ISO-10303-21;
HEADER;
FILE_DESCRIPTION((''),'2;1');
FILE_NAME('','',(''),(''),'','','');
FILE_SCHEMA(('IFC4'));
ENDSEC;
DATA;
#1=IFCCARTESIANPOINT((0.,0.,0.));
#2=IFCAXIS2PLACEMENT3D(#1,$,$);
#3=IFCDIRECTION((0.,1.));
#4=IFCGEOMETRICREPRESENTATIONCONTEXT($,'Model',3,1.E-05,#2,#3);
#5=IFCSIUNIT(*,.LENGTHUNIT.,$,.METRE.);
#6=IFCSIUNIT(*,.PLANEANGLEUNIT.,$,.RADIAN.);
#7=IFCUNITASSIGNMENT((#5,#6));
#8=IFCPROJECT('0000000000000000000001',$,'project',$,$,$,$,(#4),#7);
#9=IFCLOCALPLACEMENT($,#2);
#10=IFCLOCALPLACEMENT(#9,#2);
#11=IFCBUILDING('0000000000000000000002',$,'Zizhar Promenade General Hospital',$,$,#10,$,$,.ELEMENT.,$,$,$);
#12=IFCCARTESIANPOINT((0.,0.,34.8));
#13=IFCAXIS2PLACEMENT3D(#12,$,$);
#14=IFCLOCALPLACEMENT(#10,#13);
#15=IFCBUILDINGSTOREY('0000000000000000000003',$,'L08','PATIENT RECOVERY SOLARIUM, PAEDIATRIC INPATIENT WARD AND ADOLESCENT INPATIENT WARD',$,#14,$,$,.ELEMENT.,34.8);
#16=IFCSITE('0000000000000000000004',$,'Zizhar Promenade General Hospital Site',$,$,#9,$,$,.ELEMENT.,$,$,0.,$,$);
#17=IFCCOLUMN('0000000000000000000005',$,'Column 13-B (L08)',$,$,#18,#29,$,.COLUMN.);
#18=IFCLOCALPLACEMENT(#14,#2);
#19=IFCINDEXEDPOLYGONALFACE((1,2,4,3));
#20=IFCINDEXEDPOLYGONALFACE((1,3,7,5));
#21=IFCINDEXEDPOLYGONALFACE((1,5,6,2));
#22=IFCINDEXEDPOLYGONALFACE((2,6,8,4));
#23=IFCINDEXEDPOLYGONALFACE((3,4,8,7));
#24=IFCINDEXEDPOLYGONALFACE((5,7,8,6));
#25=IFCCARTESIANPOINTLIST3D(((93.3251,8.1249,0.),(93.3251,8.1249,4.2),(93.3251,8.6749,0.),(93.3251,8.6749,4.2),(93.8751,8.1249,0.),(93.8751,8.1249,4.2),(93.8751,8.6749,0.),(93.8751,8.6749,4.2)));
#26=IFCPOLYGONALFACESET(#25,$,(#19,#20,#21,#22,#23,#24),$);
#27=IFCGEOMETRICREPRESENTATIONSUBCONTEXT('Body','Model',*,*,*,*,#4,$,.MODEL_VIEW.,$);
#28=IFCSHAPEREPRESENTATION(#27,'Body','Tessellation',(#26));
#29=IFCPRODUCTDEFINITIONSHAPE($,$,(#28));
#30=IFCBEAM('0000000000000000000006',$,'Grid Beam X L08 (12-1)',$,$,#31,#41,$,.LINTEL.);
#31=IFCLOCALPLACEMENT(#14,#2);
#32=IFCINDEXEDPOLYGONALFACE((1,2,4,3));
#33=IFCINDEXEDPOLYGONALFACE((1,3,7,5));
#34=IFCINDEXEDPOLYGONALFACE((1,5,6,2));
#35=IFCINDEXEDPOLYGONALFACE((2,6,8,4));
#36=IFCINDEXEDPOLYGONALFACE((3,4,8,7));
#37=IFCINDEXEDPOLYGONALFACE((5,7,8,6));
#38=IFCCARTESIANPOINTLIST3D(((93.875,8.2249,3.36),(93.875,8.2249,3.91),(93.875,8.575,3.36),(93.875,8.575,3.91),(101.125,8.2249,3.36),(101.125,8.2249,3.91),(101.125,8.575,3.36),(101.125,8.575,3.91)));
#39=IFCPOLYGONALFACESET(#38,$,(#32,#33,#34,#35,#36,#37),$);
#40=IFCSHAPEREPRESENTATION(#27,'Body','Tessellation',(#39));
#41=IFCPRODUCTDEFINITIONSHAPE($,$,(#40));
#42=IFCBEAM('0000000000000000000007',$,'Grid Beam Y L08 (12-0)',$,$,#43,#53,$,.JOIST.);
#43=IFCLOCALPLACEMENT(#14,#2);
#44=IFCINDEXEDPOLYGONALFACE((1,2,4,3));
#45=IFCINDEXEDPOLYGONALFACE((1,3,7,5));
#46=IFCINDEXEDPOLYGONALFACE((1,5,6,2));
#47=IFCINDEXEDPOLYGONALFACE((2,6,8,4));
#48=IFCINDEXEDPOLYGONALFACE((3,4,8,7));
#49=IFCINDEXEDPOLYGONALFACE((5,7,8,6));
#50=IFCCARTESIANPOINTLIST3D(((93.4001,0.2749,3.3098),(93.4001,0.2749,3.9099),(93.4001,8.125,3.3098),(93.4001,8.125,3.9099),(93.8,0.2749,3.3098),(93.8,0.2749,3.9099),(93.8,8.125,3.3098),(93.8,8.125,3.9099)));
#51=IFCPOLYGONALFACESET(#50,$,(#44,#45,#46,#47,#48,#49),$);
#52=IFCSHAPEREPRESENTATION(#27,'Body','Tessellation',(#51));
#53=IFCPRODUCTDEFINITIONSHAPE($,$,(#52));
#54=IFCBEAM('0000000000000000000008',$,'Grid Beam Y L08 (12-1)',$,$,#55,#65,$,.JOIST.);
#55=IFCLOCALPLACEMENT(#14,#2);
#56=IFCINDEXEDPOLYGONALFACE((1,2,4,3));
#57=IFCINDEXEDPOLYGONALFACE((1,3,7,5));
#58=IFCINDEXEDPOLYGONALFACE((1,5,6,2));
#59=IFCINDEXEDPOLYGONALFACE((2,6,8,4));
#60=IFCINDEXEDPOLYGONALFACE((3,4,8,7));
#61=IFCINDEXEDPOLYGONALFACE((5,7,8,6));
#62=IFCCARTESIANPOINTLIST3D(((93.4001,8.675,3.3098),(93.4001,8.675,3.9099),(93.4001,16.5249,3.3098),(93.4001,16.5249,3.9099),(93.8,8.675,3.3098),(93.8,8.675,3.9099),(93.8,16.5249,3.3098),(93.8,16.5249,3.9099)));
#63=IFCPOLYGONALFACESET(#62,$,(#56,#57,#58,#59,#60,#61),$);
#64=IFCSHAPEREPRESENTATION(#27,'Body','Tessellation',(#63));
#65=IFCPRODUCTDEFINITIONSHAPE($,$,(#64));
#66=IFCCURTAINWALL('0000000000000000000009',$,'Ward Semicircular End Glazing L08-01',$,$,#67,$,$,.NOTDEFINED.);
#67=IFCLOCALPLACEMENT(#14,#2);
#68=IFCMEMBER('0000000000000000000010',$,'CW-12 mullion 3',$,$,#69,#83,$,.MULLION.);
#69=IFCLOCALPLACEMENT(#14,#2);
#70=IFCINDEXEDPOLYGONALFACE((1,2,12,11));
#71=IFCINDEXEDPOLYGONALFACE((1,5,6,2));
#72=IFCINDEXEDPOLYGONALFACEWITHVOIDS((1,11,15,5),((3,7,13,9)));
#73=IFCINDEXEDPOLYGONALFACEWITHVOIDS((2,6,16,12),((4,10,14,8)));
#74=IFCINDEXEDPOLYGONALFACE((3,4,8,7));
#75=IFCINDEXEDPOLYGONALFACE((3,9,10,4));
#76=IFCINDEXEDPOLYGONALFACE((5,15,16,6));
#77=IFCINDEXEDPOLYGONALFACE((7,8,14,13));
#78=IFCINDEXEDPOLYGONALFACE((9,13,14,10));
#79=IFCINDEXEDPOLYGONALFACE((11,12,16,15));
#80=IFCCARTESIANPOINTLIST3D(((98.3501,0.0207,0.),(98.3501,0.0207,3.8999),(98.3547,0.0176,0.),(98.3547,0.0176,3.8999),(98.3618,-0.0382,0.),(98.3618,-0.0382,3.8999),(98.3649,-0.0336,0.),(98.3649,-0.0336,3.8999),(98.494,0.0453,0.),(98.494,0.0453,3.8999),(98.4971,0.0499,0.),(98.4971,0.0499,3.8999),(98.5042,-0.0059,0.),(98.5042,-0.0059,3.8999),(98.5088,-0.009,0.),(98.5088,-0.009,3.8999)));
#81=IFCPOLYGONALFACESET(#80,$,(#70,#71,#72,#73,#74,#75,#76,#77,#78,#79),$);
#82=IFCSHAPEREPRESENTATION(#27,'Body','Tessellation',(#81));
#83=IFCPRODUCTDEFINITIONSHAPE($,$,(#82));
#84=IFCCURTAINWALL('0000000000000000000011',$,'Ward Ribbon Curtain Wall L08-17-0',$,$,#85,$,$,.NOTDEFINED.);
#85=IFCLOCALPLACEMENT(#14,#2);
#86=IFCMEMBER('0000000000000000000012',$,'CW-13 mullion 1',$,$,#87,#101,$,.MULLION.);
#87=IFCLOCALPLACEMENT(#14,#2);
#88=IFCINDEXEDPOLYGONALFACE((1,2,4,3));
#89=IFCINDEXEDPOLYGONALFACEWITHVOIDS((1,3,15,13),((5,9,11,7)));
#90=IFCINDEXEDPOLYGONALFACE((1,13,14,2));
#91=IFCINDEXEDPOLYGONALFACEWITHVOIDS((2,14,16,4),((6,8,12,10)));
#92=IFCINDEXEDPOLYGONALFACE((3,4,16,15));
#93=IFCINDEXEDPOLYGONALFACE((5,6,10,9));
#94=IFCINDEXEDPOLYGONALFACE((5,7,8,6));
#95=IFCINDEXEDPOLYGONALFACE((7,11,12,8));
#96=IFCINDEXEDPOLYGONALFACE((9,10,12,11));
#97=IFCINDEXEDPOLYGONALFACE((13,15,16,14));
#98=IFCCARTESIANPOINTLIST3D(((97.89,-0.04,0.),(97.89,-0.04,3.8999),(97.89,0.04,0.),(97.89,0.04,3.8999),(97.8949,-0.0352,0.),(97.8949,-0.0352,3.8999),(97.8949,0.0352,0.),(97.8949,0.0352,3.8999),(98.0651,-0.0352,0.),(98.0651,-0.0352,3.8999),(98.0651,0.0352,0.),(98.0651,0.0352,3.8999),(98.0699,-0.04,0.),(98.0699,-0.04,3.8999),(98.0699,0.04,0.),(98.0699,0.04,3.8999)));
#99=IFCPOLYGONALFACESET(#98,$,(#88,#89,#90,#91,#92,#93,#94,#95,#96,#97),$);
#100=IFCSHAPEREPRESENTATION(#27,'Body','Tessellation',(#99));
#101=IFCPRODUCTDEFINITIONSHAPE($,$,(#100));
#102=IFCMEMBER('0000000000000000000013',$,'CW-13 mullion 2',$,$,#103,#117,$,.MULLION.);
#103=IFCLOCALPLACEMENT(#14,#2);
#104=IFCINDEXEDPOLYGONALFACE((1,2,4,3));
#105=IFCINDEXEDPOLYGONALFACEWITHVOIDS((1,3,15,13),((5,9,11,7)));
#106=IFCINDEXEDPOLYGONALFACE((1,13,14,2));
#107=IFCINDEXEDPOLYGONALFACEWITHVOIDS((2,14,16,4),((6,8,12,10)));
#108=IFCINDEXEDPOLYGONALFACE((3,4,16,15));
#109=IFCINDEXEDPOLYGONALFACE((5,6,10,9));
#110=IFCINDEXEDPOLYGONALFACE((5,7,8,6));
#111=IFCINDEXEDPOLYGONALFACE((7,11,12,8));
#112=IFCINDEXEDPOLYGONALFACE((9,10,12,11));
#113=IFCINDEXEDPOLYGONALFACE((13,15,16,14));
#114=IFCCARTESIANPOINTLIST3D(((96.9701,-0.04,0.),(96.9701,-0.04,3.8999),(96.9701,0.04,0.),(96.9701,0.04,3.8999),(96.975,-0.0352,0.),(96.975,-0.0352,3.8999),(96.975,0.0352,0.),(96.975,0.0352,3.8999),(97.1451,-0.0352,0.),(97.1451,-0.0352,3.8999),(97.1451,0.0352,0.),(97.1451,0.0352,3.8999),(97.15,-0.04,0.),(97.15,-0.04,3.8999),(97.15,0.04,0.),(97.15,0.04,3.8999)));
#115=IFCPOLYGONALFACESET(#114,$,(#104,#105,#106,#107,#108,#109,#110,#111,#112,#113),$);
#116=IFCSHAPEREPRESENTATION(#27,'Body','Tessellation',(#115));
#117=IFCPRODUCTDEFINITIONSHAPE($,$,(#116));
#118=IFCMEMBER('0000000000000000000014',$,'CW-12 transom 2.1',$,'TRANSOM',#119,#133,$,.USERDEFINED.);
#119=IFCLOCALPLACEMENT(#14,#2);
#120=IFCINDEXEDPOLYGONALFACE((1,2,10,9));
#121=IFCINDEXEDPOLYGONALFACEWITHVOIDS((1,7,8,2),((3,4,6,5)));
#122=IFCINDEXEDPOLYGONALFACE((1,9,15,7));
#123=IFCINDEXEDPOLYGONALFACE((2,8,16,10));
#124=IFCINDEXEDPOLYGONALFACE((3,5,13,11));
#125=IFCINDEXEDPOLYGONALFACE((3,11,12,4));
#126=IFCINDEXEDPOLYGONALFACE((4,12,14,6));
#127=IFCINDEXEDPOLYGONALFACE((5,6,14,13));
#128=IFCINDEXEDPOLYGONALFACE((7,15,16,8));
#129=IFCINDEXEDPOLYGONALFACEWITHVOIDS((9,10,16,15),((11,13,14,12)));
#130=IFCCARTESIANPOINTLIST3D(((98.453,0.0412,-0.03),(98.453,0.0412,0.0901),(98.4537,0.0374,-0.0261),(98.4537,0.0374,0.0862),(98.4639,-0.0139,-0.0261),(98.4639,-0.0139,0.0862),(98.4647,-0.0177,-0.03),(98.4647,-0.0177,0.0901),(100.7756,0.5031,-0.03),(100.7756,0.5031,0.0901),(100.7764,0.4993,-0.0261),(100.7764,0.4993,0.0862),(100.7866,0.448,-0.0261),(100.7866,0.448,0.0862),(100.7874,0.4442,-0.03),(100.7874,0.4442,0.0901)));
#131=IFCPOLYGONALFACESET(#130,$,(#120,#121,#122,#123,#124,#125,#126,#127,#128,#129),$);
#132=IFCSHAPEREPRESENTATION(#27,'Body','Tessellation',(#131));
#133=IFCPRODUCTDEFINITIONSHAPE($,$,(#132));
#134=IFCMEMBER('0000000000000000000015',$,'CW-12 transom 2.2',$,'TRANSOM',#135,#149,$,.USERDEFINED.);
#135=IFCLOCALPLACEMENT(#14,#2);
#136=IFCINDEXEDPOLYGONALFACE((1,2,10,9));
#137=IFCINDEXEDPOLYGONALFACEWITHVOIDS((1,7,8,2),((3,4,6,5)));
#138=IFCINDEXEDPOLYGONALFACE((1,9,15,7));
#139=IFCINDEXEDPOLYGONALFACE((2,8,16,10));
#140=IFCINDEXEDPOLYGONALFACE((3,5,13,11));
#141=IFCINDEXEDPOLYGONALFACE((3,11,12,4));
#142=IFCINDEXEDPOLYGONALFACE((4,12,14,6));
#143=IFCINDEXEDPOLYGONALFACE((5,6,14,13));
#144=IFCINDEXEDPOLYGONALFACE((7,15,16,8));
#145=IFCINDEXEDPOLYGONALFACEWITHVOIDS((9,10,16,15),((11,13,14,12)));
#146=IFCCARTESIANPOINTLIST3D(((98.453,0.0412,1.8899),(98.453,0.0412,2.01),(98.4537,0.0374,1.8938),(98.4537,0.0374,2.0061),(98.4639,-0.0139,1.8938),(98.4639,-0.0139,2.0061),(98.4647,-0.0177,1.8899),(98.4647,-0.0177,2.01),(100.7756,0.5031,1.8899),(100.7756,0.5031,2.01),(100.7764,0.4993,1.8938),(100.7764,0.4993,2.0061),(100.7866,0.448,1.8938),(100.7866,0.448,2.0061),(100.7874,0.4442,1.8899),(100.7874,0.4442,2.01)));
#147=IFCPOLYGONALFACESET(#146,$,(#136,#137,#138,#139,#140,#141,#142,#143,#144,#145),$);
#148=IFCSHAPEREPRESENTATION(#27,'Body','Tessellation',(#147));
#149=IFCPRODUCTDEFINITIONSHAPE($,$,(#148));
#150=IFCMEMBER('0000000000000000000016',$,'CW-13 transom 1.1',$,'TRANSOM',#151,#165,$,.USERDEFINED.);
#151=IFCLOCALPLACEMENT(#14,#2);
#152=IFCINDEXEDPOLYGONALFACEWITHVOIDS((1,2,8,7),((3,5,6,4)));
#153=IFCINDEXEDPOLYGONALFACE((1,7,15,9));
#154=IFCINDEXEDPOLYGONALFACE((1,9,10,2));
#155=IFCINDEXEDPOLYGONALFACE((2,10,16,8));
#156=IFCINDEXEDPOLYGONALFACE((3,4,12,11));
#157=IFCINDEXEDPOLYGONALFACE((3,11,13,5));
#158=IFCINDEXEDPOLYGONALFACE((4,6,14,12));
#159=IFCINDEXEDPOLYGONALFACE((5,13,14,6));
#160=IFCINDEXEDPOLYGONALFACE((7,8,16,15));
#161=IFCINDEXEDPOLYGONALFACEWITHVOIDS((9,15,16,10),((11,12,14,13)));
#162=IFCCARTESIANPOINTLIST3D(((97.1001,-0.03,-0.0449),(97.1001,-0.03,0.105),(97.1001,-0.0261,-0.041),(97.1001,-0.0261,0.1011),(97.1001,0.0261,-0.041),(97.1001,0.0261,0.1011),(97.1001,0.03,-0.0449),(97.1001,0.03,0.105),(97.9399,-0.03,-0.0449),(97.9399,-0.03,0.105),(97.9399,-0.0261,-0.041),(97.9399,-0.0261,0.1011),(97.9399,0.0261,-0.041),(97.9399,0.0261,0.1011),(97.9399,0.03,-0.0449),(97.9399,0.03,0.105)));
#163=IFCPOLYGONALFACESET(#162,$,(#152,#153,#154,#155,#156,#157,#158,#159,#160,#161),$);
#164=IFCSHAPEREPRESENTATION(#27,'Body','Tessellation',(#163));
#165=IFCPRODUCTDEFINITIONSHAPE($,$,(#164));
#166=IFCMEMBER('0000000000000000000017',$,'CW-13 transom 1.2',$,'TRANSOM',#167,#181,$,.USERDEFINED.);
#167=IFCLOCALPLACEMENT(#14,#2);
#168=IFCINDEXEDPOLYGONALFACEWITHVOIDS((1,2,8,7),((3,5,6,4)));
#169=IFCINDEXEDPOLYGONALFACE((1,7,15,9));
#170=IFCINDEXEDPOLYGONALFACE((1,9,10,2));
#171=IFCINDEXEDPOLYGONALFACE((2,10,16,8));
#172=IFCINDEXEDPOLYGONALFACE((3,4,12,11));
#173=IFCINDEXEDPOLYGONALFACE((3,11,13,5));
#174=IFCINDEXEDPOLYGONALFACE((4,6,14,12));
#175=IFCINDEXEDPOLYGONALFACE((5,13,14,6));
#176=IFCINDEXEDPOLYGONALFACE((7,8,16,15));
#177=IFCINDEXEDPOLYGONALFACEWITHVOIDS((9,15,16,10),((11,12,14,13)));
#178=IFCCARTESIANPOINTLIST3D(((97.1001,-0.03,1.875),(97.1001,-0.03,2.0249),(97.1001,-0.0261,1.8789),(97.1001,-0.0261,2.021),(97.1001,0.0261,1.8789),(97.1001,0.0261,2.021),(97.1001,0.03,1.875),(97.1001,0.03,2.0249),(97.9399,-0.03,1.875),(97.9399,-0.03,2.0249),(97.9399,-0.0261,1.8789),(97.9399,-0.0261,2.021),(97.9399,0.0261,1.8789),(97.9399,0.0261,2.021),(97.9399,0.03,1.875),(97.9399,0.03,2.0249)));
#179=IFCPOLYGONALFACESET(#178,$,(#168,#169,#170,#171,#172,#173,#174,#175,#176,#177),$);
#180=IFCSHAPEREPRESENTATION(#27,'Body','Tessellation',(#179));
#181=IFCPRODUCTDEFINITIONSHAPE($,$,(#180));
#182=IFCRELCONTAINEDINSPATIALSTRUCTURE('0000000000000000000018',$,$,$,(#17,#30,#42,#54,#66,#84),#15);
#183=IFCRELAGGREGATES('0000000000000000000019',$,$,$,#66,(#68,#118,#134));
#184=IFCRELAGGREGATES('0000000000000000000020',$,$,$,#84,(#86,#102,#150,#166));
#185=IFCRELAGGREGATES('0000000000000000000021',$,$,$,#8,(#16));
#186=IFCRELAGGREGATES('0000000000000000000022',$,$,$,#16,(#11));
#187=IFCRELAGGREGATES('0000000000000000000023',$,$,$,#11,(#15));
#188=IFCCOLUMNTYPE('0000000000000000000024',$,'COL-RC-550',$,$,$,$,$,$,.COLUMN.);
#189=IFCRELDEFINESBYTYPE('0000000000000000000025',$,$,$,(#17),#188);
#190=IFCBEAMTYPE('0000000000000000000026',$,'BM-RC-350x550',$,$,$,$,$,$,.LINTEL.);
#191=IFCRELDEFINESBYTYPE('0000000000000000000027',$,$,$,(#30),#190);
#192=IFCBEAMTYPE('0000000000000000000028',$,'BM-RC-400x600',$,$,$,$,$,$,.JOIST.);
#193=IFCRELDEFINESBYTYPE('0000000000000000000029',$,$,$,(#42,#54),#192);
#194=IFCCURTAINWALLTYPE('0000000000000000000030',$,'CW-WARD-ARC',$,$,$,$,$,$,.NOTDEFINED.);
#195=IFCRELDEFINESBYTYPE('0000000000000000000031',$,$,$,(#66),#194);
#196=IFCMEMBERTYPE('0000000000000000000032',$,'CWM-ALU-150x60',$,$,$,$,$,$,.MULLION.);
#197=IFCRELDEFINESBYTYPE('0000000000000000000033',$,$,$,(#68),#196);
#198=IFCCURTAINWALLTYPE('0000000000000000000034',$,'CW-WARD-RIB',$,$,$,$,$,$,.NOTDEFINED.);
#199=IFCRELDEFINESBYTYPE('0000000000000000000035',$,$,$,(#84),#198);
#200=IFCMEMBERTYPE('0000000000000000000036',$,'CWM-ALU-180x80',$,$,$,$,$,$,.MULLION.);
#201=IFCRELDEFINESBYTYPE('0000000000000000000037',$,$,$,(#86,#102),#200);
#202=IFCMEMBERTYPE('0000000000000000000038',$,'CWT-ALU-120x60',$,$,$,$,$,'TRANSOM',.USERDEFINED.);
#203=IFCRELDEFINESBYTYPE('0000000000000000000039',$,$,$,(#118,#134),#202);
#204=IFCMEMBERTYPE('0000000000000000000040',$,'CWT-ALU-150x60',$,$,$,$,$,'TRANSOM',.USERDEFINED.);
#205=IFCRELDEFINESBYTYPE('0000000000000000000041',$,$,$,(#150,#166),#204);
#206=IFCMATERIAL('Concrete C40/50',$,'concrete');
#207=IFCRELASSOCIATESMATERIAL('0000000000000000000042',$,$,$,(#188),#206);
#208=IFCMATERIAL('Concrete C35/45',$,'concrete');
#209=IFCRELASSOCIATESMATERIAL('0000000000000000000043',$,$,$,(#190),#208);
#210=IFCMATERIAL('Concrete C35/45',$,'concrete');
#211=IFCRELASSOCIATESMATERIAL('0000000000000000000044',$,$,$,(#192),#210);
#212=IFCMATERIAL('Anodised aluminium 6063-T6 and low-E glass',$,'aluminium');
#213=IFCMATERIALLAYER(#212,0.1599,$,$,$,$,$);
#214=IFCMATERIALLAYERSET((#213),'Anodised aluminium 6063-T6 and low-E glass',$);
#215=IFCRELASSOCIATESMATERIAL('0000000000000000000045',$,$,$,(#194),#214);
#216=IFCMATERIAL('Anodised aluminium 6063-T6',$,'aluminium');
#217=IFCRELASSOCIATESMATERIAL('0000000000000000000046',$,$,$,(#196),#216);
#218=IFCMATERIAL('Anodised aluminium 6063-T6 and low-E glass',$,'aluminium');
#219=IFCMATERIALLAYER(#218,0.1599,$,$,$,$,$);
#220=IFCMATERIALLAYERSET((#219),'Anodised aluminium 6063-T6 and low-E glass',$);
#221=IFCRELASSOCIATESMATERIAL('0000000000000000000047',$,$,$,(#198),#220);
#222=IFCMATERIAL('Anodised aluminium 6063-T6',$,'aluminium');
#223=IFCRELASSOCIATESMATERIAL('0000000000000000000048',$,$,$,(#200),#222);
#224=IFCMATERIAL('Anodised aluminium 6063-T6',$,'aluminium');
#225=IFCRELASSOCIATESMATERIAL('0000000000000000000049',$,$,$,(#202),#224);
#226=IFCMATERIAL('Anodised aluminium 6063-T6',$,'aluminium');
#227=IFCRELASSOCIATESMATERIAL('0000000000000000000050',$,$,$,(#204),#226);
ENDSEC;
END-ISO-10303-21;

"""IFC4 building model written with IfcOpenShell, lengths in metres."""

from ifc_helpers import new_model, si_unit, direction, frame, origin, origin_2d, place, context, subcontext, project, spatial, rectangle, hollow_rectangle, extrude, material, layer, layer_set, material_profile, profile_set, type_object, element, aggregate, save


model = new_model("IFC4")

# Units and contexts
model_context = context("Model", 3, precision=1e-05, world=origin(), true_north=direction((0.0, 1.0)))
body_context = subcontext(model_context, "Body", "Model", "MODEL_VIEW")
ifc_project = project(units=[si_unit("LENGTHUNIT", "METRE"), si_unit("PLANEANGLEUNIT", "RADIAN")], contexts=[model_context])

# Site, building, storey
site_placement = place(None, origin())
site = spatial("IfcSite", under=ifc_project, at=site_placement, Name="Zizhar Promenade General Hospital Site", CompositionType="ELEMENT", RefElevation=0.0)
building_placement = place(site_placement, origin())
building = spatial("IfcBuilding", under=site, at=building_placement, Name="Zizhar Promenade General Hospital", CompositionType="ELEMENT")
storey_placement = place(building_placement, frame((0.0, 0.0, 34.8)))
storey = spatial("IfcBuildingStorey", under=building, at=storey_placement, Name="L08", Description="PATIENT RECOVERY SOLARIUM, PAEDIATRIC INPATIENT WARD AND ADOLESCENT INPATIENT WARD", CompositionType="ELEMENT", Elevation=34.8)

# Column
ifc_material_1 = material(Name="Concrete C40/50", Category="concrete")
ifc_material_profile_1 = material_profile(ifc_material_1, rectangle(XDim=0.55, YDim=0.55, at=origin_2d()))
ifc_profile_set_1 = profile_set([ifc_material_profile_1], Name="Concrete C40/50")
column_type = type_object("IfcColumnType", Name="COL-RC-550", PredefinedType="COLUMN", material=ifc_profile_set_1)
column_placement = place(storey_placement, frame((93.6001, 8.3999, 0.0), z_axis=(0.0, 0.0, 1.0), x_axis=(1.0, 0.0, 0.0)))
element("IfcColumn", 1, at=column_placement, inside=storey, type_object=column_type, Name="Column 13-B (L08)", PredefinedType="COLUMN", context=body_context, shape_type="SweptSolid", body=[
    extrude(rectangle(XDim=0.55, YDim=0.55, at=origin_2d()), origin(), (0.0, 0.0, 1.0), 4.2),
])

# Beams
ifc_material_2 = material(Name="Concrete C35/45", Category="concrete")
ifc_material_profile_2 = material_profile(ifc_material_2, rectangle(XDim=0.3501, YDim=0.55, at=origin_2d()))
ifc_profile_set_2 = profile_set([ifc_material_profile_2], Name="Concrete C35/45")
beam_type_1 = type_object("IfcBeamType", Name="BM-RC-350x550", PredefinedType="LINTEL", material=ifc_profile_set_2)
beam_1_placement = place(storey_placement, frame((93.875, 8.3999, 3.635), z_axis=(1.0, 0.0, 0.0), x_axis=(0.0, 1.0, 0.0)))
element("IfcBeam", 2, at=beam_1_placement, inside=storey, type_object=beam_type_1, Name="Grid Beam X L08 (12-1)", PredefinedType="LINTEL", context=body_context, shape_type="SweptSolid", body=[
    extrude(rectangle(XDim=0.3501, YDim=0.55, at=origin_2d()), origin(), (0.0, 0.0, 1.0), 7.25),
])
ifc_material_3 = material(Name="Concrete C35/45", Category="concrete")
ifc_material_profile_3 = material_profile(ifc_material_3, rectangle(XDim=0.3999, YDim=0.6001, at=origin_2d()))
ifc_profile_set_3 = profile_set([ifc_material_profile_3], Name="Concrete C35/45")
beam_type_2 = type_object("IfcBeamType", Name="BM-RC-400x600", PredefinedType="JOIST", material=ifc_profile_set_3)
beam_2_placement = place(storey_placement, frame((93.6001, 0.2749, 3.6099), z_axis=(0.0, 1.0, 0.0), x_axis=(-1.0, 0.0, 0.0)))
element("IfcBeam", 3, at=beam_2_placement, inside=storey, type_object=beam_type_2, Name="Grid Beam Y L08 (12-0)", PredefinedType="JOIST", context=body_context, shape_type="SweptSolid", body=[
    extrude(rectangle(XDim=0.3999, YDim=0.6001, at=origin_2d()), origin(), (0.0, 0.0, 1.0), 7.8501),
])
beam_3_placement = place(storey_placement, frame((93.6001, 8.675, 3.6099), z_axis=(0.0, 1.0, 0.0), x_axis=(-1.0, 0.0, 0.0)))
element("IfcBeam", 4, at=beam_3_placement, inside=storey, type_object=beam_type_2, Name="Grid Beam Y L08 (12-1)", PredefinedType="JOIST", context=body_context, shape_type="SweptSolid", body=[
    extrude(rectangle(XDim=0.3999, YDim=0.6001, at=origin_2d()), origin(), (0.0, 0.0, 1.0), 7.8499),
])

# Curtain wall, member
ifc_material_4 = material(Name="Anodised aluminium 6063-T6 and low-E glass", Category="aluminium")
ifc_layer_1 = layer(ifc_material_4, 0.1599)
ifc_layer_set_1 = layer_set([ifc_layer_1], Name="Anodised aluminium 6063-T6 and low-E glass")
curtain_wall_type_1 = type_object("IfcCurtainWallType", Name="CW-WARD-ARC", PredefinedType="NOTDEFINED", material=ifc_layer_set_1)
curtain_wall_1_placement = place(storey_placement, origin())
curtain_wall_1 = element("IfcCurtainWall", 5, at=curtain_wall_1_placement, inside=storey, type_object=curtain_wall_type_1, Name="Ward Semicircular End Glazing L08-01", PredefinedType="NOTDEFINED")
ifc_material_5 = material(Name="Anodised aluminium 6063-T6", Category="aluminium")
ifc_material_profile_4 = material_profile(ifc_material_5, hollow_rectangle(XDim=0.0601, YDim=0.1499, WallThickness=0.0039, at=origin_2d()))
ifc_profile_set_4 = profile_set([ifc_material_profile_4], Name="Anodised aluminium 6063-T6")
member_type_1 = type_object("IfcMemberType", Name="CWM-ALU-150x60", PredefinedType="MULLION", material=ifc_profile_set_4)
member_1_placement = place(storey_placement, frame((98.4294, 0.0059, 0.0), z_axis=(0.0, 0.0, 1.0), x_axis=(0.195087, -0.980786, 0.0)))
member_1 = element("IfcMember", 6, at=member_1_placement, type_object=member_type_1, Name="CW-12 mullion 3", PredefinedType="MULLION", context=body_context, shape_type="SweptSolid", body=[
    extrude(hollow_rectangle(XDim=0.0601, YDim=0.1499, WallThickness=0.0039, at=origin_2d()), origin(), (0.0, 0.0, 1.0), 3.8999),
])

# Curtain wall, members
ifc_material_6 = material(Name="Anodised aluminium 6063-T6 and low-E glass", Category="aluminium")
ifc_layer_2 = layer(ifc_material_6, 0.1599)
ifc_layer_set_2 = layer_set([ifc_layer_2], Name="Anodised aluminium 6063-T6 and low-E glass")
curtain_wall_type_2 = type_object("IfcCurtainWallType", Name="CW-WARD-RIB", PredefinedType="NOTDEFINED", material=ifc_layer_set_2)
curtain_wall_2_placement = place(storey_placement, origin())
curtain_wall_2 = element("IfcCurtainWall", 7, at=curtain_wall_2_placement, inside=storey, type_object=curtain_wall_type_2, Name="Ward Ribbon Curtain Wall L08-17-0", PredefinedType="NOTDEFINED")
ifc_material_7 = material(Name="Anodised aluminium 6063-T6", Category="aluminium")
ifc_material_profile_5 = material_profile(ifc_material_7, hollow_rectangle(XDim=0.0801, YDim=0.1799, WallThickness=0.0049, at=origin_2d()))
ifc_profile_set_5 = profile_set([ifc_material_profile_5], Name="Anodised aluminium 6063-T6")
member_type_2 = type_object("IfcMemberType", Name="CWM-ALU-180x80", PredefinedType="MULLION", material=ifc_profile_set_5)
member_2_placement = place(storey_placement, frame((97.98, 0.0, 0.0), z_axis=(0.0, 0.0, 1.0), x_axis=(0.0, -1.0, 0.0)))
member_2 = element("IfcMember", 8, at=member_2_placement, type_object=member_type_2, Name="CW-13 mullion 1", PredefinedType="MULLION", context=body_context, shape_type="SweptSolid", body=[
    extrude(hollow_rectangle(XDim=0.0801, YDim=0.1799, WallThickness=0.0049, at=origin_2d()), origin(), (0.0, 0.0, 1.0), 3.8999),
])
member_3_placement = place(storey_placement, frame((97.0601, 0.0, 0.0), z_axis=(0.0, 0.0, 1.0), x_axis=(0.0, -1.0, 0.0)))
member_3 = element("IfcMember", 9, at=member_3_placement, type_object=member_type_2, Name="CW-13 mullion 2", PredefinedType="MULLION", context=body_context, shape_type="SweptSolid", body=[
    extrude(hollow_rectangle(XDim=0.0801, YDim=0.1799, WallThickness=0.0049, at=origin_2d()), origin(), (0.0, 0.0, 1.0), 3.8999),
])

# Members
ifc_material_8 = material(Name="Anodised aluminium 6063-T6", Category="aluminium")
ifc_material_profile_6 = material_profile(ifc_material_8, hollow_rectangle(XDim=0.0601, YDim=0.1201, WallThickness=0.0039, at=origin_2d()))
ifc_profile_set_6 = profile_set([ifc_material_profile_6], Name="Anodised aluminium 6063-T6")
member_type_3 = type_object("IfcMemberType", Name="CWT-ALU-120x60", ElementType="TRANSOM", PredefinedType="USERDEFINED", material=ifc_profile_set_6)
member_4_placement = place(storey_placement, frame((100.7815, 0.4736, 0.03), z_axis=(-0.980794, -0.195045, 0.0), x_axis=(0.195045, -0.980794, 0.0)))
member_4 = element("IfcMember", 10, at=member_4_placement, type_object=member_type_3, Name="CW-12 transom 2.1", ObjectType="TRANSOM", PredefinedType="USERDEFINED", context=body_context, shape_type="SweptSolid", body=[
    extrude(hollow_rectangle(XDim=0.0601, YDim=0.1201, WallThickness=0.0039, at=origin_2d()), origin(), (0.0, 0.0, 1.0), 2.3682),
])
member_5_placement = place(storey_placement, frame((100.7815, 0.4736, 1.95), z_axis=(-0.980794, -0.195045, 0.0), x_axis=(0.195045, -0.980794, 0.0)))
member_5 = element("IfcMember", 11, at=member_5_placement, type_object=member_type_3, Name="CW-12 transom 2.2", ObjectType="TRANSOM", PredefinedType="USERDEFINED", context=body_context, shape_type="SweptSolid", body=[
    extrude(hollow_rectangle(XDim=0.0601, YDim=0.1201, WallThickness=0.0039, at=origin_2d()), origin(), (0.0, 0.0, 1.0), 2.3682),
])
ifc_material_9 = material(Name="Anodised aluminium 6063-T6", Category="aluminium")
ifc_material_profile_7 = material_profile(ifc_material_9, hollow_rectangle(XDim=0.0601, YDim=0.1499, WallThickness=0.0039, at=origin_2d()))
ifc_profile_set_7 = profile_set([ifc_material_profile_7], Name="Anodised aluminium 6063-T6")
member_type_4 = type_object("IfcMemberType", Name="CWT-ALU-150x60", ElementType="TRANSOM", PredefinedType="USERDEFINED", material=ifc_profile_set_7)
member_6_placement = place(storey_placement, frame((97.9399, 0.0, 0.03), z_axis=(-1.0, 0.0, 0.0), x_axis=(0.0, -1.0, 0.0)))
member_6 = element("IfcMember", 12, at=member_6_placement, type_object=member_type_4, Name="CW-13 transom 1.1", ObjectType="TRANSOM", PredefinedType="USERDEFINED", context=body_context, shape_type="SweptSolid", body=[
    extrude(hollow_rectangle(XDim=0.0601, YDim=0.1499, WallThickness=0.0039, at=origin_2d()), origin(), (0.0, 0.0, 1.0), 0.8398),
])
member_7_placement = place(storey_placement, frame((97.9399, 0.0, 1.95), z_axis=(-1.0, 0.0, 0.0), x_axis=(0.0, -1.0, 0.0)))
member_7 = element("IfcMember", 13, at=member_7_placement, type_object=member_type_4, Name="CW-13 transom 1.2", ObjectType="TRANSOM", PredefinedType="USERDEFINED", context=body_context, shape_type="SweptSolid", body=[
    extrude(hollow_rectangle(XDim=0.0601, YDim=0.1499, WallThickness=0.0039, at=origin_2d()), origin(), (0.0, 0.0, 1.0), 0.8398),
])

aggregate(curtain_wall_1, [member_1, member_4, member_5])
aggregate(curtain_wall_2, [member_2, member_3, member_6, member_7])

save(model, "model.ifc")
